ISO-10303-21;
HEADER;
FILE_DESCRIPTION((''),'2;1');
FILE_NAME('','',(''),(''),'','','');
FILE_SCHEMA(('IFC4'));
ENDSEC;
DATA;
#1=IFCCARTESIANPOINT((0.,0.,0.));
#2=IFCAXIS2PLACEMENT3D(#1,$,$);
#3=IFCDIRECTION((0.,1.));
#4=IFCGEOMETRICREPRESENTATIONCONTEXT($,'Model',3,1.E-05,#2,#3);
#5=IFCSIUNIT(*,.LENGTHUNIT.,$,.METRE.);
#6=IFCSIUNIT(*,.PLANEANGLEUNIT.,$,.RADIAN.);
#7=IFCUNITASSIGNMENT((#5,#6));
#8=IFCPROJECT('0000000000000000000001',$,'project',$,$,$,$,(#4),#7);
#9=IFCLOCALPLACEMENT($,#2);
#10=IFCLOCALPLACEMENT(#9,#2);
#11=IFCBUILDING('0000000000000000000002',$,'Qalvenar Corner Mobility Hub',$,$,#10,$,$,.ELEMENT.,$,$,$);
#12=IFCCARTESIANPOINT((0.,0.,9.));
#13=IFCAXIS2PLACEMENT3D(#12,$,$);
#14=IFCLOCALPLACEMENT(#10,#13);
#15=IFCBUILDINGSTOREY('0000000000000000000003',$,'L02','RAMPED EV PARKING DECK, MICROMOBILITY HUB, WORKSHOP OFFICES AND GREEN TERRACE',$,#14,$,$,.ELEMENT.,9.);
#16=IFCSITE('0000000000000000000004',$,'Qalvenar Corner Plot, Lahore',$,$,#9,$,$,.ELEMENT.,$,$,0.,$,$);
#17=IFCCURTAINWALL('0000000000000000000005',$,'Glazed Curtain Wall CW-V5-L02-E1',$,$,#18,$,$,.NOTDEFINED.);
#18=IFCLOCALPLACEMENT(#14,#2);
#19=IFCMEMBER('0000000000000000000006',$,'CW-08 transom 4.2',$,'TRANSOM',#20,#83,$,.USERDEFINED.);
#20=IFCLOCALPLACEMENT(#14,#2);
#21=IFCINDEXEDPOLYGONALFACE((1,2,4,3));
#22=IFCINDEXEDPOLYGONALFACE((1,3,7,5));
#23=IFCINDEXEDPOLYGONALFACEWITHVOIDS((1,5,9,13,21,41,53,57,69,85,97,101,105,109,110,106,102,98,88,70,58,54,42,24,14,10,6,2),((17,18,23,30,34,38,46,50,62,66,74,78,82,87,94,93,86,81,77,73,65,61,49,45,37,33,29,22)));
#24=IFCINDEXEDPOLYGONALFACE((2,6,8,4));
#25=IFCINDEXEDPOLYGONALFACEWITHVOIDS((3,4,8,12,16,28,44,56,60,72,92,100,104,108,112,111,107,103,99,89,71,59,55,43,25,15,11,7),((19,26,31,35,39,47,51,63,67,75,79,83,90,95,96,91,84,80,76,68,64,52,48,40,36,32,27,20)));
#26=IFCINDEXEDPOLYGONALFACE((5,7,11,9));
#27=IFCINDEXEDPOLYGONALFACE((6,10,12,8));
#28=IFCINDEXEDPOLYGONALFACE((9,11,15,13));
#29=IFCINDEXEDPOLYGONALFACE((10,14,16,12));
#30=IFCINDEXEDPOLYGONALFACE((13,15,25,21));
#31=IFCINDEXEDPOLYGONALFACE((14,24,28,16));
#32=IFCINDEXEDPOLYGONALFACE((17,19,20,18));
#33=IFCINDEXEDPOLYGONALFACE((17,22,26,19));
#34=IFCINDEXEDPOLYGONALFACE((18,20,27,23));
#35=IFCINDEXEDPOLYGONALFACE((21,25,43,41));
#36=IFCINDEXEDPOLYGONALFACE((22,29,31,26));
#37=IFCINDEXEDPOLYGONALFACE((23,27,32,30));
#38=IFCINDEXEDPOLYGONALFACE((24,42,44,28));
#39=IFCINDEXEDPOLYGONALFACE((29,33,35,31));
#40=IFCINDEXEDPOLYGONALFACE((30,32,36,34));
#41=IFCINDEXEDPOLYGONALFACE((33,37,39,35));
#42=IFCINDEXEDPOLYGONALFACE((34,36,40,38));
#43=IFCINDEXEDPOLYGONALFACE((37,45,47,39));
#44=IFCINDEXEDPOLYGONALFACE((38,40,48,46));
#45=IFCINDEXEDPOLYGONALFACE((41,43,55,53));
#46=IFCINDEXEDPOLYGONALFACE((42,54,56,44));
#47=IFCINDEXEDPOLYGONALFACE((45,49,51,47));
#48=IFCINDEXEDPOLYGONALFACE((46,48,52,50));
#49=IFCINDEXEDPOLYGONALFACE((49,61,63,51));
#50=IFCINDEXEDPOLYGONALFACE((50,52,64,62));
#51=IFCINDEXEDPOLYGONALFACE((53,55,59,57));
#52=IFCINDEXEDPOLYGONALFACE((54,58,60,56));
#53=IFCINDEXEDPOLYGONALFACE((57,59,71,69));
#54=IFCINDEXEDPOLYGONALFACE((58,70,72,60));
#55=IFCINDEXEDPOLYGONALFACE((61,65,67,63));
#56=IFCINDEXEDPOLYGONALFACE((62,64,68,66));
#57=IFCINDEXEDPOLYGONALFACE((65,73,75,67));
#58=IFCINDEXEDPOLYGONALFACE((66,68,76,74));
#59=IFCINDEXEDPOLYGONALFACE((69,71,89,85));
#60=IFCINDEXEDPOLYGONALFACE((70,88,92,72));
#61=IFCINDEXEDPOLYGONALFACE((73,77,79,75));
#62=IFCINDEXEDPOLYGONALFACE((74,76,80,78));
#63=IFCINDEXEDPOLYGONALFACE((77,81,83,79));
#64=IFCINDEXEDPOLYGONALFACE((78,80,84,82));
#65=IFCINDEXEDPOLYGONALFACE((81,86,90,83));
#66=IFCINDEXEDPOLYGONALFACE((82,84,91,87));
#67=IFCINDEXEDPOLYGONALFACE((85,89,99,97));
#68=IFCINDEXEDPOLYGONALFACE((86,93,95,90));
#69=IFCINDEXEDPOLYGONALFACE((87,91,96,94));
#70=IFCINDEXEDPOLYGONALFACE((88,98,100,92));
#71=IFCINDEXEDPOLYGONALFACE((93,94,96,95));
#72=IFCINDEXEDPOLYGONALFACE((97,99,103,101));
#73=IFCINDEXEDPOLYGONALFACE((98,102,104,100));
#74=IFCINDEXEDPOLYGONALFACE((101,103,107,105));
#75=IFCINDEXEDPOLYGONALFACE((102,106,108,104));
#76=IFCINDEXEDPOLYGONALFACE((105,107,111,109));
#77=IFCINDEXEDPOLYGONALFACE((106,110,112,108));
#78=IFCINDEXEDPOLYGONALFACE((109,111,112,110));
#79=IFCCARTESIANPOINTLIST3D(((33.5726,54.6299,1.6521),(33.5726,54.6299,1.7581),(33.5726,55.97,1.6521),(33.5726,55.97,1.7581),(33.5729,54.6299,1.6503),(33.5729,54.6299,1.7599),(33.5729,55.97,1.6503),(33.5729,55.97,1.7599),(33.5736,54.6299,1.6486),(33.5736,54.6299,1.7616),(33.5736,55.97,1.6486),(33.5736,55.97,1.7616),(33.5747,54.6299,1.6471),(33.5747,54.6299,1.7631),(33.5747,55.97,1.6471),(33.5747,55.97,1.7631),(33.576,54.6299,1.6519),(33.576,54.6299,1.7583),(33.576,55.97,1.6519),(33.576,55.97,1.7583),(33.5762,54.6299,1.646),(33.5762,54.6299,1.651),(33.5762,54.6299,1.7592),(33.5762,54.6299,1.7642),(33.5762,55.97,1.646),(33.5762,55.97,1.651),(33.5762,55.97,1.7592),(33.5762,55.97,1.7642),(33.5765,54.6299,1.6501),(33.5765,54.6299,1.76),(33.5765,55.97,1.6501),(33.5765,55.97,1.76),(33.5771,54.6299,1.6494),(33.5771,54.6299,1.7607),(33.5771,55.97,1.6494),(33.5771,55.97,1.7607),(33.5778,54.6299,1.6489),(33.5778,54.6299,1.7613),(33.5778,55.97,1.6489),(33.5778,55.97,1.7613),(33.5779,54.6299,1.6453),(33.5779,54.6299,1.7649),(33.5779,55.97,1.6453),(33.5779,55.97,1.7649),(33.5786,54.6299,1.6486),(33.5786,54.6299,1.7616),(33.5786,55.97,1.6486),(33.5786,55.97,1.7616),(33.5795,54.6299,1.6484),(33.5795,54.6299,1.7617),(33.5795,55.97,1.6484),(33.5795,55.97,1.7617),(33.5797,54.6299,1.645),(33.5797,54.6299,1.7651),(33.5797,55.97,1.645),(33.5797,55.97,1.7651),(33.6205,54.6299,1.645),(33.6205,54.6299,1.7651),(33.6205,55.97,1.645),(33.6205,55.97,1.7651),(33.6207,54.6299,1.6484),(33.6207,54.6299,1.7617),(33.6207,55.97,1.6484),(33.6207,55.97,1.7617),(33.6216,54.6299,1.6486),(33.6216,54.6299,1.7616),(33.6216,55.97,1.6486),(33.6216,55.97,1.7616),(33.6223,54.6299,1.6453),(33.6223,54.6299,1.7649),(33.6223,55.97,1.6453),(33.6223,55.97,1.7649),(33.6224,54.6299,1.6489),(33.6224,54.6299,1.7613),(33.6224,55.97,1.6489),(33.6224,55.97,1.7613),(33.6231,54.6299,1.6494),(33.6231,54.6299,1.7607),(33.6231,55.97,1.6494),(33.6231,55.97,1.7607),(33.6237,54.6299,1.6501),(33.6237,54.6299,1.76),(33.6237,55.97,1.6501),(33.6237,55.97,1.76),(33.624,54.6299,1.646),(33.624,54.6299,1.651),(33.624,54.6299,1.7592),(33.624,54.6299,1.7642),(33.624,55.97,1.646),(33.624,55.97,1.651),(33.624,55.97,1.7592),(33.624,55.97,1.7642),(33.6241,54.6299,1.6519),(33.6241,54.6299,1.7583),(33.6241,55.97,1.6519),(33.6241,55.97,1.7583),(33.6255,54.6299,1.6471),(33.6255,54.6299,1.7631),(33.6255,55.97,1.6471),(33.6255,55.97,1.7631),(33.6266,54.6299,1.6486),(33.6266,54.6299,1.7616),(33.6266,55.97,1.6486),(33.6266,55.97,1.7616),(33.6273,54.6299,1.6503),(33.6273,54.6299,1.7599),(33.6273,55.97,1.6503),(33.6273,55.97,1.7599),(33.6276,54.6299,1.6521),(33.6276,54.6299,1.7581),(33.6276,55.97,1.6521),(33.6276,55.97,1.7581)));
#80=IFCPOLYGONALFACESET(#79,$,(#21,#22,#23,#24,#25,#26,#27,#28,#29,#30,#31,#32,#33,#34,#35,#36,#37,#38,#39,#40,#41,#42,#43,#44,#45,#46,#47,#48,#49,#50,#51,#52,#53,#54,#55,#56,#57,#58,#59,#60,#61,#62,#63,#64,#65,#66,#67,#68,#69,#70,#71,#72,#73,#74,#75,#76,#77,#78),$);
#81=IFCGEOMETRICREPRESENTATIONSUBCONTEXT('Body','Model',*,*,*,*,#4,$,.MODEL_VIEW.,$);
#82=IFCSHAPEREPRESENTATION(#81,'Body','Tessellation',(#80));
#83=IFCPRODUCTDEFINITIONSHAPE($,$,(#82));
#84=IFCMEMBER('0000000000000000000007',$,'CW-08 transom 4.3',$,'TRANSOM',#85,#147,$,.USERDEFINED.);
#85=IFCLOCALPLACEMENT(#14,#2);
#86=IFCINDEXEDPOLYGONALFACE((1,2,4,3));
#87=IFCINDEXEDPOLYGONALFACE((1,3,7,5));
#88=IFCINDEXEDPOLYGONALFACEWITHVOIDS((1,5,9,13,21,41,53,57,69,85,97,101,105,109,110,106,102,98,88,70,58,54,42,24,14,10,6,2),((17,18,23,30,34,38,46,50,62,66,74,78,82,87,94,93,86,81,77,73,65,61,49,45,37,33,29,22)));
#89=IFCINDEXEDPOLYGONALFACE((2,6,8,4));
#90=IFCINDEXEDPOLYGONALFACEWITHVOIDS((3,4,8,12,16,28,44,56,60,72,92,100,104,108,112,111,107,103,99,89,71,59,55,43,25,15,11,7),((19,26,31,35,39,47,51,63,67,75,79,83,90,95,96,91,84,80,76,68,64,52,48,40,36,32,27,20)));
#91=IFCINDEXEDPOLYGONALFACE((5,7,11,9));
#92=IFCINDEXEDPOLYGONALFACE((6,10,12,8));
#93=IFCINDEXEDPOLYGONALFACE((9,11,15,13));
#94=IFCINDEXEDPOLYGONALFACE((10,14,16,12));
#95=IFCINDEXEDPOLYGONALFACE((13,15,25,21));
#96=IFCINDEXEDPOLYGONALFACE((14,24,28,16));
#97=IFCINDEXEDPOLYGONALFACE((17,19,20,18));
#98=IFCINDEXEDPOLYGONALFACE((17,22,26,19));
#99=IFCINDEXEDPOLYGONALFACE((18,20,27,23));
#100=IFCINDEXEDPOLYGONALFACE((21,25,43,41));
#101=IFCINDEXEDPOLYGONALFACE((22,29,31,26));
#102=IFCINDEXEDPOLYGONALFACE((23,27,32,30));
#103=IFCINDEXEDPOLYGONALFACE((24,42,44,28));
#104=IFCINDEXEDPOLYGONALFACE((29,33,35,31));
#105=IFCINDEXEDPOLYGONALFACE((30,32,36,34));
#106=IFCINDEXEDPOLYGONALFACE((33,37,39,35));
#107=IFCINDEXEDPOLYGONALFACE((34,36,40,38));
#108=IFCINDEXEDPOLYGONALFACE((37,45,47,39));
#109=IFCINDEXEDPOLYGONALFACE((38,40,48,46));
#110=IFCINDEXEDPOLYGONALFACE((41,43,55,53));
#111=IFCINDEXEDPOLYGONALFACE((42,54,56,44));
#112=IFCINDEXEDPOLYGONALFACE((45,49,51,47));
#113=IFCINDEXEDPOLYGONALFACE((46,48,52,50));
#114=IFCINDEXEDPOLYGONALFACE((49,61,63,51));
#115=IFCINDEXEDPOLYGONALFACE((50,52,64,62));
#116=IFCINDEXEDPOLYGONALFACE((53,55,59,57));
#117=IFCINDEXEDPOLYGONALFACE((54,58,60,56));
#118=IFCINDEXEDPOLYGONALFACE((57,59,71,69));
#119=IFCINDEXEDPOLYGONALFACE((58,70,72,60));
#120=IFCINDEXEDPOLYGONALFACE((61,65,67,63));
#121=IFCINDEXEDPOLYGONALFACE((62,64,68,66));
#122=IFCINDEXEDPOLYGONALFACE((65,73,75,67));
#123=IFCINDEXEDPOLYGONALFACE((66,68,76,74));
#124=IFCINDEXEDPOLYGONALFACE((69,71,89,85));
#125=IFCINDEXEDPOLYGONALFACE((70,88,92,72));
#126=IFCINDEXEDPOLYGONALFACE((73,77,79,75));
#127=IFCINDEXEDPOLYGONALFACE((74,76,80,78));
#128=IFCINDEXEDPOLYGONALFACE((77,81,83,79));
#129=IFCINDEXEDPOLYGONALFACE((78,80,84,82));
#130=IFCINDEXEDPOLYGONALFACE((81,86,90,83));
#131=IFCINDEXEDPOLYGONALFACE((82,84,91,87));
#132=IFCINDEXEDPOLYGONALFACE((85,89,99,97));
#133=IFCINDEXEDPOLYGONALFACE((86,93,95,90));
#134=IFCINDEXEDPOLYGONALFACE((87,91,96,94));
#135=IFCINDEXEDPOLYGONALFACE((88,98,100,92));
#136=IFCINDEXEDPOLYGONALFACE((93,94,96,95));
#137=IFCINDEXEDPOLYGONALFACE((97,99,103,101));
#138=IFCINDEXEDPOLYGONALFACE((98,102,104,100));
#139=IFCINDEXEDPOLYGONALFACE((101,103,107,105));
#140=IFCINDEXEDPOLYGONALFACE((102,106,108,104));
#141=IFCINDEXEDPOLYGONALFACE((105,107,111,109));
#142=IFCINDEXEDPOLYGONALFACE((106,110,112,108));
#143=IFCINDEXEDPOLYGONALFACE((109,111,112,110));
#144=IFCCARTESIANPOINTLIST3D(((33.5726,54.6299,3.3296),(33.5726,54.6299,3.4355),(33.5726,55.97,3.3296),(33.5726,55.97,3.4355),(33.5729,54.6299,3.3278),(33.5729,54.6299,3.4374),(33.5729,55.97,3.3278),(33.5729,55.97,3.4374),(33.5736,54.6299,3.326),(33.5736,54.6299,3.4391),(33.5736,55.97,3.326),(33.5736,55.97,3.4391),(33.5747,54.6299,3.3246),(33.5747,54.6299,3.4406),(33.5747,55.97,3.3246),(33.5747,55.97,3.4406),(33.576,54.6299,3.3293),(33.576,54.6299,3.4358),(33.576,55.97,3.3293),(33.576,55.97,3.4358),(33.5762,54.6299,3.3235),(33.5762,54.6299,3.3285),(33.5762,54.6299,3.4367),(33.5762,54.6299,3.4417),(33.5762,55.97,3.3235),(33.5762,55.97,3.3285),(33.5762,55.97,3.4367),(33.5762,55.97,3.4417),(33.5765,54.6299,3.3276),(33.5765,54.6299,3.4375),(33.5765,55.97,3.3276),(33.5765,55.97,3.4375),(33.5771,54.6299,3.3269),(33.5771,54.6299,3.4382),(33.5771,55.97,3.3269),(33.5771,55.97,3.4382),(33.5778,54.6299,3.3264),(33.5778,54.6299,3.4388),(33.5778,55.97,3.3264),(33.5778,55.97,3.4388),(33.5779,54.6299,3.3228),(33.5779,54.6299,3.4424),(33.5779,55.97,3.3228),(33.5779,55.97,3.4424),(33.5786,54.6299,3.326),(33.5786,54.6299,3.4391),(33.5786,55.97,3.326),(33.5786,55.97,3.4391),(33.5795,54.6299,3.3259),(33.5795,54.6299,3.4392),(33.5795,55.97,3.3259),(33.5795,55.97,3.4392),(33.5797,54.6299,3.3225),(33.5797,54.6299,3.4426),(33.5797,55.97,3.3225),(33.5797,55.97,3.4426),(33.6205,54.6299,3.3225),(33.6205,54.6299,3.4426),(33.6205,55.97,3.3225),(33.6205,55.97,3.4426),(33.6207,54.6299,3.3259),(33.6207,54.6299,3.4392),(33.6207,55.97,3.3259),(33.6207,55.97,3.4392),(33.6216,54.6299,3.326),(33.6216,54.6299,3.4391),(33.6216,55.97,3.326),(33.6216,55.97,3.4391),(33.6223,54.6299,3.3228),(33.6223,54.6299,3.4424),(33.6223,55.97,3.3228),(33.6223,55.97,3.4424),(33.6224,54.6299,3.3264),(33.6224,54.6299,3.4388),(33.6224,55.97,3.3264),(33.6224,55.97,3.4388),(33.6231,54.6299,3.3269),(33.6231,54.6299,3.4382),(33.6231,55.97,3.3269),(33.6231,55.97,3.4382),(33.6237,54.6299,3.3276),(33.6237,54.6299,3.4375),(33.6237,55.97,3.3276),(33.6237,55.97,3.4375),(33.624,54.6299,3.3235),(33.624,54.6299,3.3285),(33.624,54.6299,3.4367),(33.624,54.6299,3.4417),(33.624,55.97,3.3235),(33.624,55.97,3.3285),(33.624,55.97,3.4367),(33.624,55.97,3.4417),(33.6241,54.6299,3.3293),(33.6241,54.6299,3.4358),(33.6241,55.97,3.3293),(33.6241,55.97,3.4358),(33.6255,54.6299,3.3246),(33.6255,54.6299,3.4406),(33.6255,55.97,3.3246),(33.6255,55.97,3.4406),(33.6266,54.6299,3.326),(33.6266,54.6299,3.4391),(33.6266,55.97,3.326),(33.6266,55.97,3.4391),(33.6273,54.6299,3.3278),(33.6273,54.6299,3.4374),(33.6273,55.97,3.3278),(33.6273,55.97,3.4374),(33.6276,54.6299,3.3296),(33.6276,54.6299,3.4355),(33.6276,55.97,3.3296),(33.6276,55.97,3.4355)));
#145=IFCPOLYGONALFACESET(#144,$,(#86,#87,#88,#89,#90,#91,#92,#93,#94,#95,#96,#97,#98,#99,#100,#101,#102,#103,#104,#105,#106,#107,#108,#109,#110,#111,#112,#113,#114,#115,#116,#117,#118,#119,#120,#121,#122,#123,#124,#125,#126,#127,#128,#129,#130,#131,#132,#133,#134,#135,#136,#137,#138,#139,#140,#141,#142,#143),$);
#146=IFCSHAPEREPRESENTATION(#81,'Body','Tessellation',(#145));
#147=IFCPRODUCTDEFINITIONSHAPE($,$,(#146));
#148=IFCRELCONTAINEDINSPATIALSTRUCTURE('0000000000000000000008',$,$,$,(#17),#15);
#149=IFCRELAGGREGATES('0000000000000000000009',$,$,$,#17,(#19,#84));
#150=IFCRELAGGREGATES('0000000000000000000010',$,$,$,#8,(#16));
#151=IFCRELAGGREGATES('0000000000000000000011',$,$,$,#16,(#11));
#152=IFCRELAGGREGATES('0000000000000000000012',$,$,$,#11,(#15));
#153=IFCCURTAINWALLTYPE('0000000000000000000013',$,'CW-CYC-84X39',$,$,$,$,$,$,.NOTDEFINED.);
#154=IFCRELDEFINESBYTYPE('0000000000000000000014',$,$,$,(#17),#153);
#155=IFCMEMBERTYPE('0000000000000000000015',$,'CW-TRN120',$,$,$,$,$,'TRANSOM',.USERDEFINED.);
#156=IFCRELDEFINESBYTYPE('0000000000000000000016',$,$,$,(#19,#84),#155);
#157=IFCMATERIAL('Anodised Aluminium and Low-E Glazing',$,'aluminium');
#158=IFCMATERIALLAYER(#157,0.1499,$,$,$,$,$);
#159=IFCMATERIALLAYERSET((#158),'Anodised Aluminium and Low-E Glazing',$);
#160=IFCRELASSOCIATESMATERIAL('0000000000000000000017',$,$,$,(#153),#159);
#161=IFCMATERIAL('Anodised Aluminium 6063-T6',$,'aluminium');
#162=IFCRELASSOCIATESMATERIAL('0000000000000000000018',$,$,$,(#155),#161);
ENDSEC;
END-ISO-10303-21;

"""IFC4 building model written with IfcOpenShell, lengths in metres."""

from ifc_helpers import new_model, si_unit, direction, frame, origin, origin_2d, place, context, subcontext, project, spatial, hollow_rectangle, extrude, material, layer, layer_set, material_profile, profile_set, type_object, element, aggregate, save


model = new_model("IFC4")

# Units and contexts
model_context = context("Model", 3, precision=1e-05, world=origin(), true_north=direction((0.0, 1.0)))
body_context = subcontext(model_context, "Body", "Model", "MODEL_VIEW")
ifc_project = project(units=[si_unit("LENGTHUNIT", "METRE"), si_unit("PLANEANGLEUNIT", "RADIAN")], contexts=[model_context])

# Site, building, storey
site_placement = place(None, origin())
site = spatial("IfcSite", under=ifc_project, at=site_placement, Name="Qalvenar Corner Plot, Lahore", CompositionType="ELEMENT", RefElevation=0.0)
building_placement = place(site_placement, origin())
building = spatial("IfcBuilding", under=site, at=building_placement, Name="Qalvenar Corner Mobility Hub", CompositionType="ELEMENT")
storey_placement = place(building_placement, frame((0.0, 0.0, 9.0)))
storey = spatial("IfcBuildingStorey", under=building, at=storey_placement, Name="L02", Description="RAMPED EV PARKING DECK, MICROMOBILITY HUB, WORKSHOP OFFICES AND GREEN TERRACE", CompositionType="ELEMENT", Elevation=9.0)

# Curtain wall
ifc_material_1 = material(Name="Anodised Aluminium and Low-E Glazing", Category="aluminium")
ifc_layer_1 = layer(ifc_material_1, 0.1499)
ifc_layer_set_1 = layer_set([ifc_layer_1], Name="Anodised Aluminium and Low-E Glazing")
curtain_wall_type_1 = type_object("IfcCurtainWallType", Name="CW-CYC-84X39", PredefinedType="NOTDEFINED", material=ifc_layer_set_1)
curtain_wall_1_placement = place(storey_placement, origin())
curtain_wall_1 = element("IfcCurtainWall", 1, at=curtain_wall_1_placement, inside=storey, type_object=curtain_wall_type_1, Name="Glazed Curtain Wall CW-V5-L02-E1", PredefinedType="NOTDEFINED")
ifc_material_2 = material(Name="Anodised Aluminium 6063-T6", Category="aluminium")

# Members
ifc_material_profile_1 = material_profile(ifc_material_2, hollow_rectangle(XDim=0.0549, YDim=0.1201, WallThickness=0.0034, InnerFilletRadius=0.0034, OuterFilletRadius=0.0071, at=origin_2d()), Name="RHS120x55x3.5")
ifc_profile_set_1 = profile_set([ifc_material_profile_1], Name="Anodised Aluminium 6063-T6")
member_type_1 = type_object("IfcMemberType", Name="CW-TRN120", ElementType="TRANSOM", PredefinedType="USERDEFINED", material=ifc_profile_set_1)
member_1_placement = place(storey_placement, frame((33.6001, 54.6299, 1.7051), z_axis=(0.0, 1.0, 0.0), x_axis=(-1.0, 0.0, 0.0)))
member_1 = element("IfcMember", 2, at=member_1_placement, type_object=member_type_1, Name="CW-08 transom 4.2", ObjectType="TRANSOM", PredefinedType="USERDEFINED", context=body_context, shape_type="SweptSolid", body=[
    extrude(hollow_rectangle(XDim=0.0549, YDim=0.1201, WallThickness=0.0034, InnerFilletRadius=0.0034, OuterFilletRadius=0.0071, at=origin_2d()), origin(), (0.0, 0.0, 1.0), 1.3401),
])
member_2_placement = place(storey_placement, frame((33.6001, 54.6299, 3.3826), z_axis=(0.0, 1.0, 0.0), x_axis=(-1.0, 0.0, 0.0)))
member_2 = element("IfcMember", 3, at=member_2_placement, type_object=member_type_1, Name="CW-08 transom 4.3", ObjectType="TRANSOM", PredefinedType="USERDEFINED", context=body_context, shape_type="SweptSolid", body=[
    extrude(hollow_rectangle(XDim=0.0549, YDim=0.1201, WallThickness=0.0034, InnerFilletRadius=0.0034, OuterFilletRadius=0.0071, at=origin_2d()), origin(), (0.0, 0.0, 1.0), 1.3401),
])

aggregate(curtain_wall_1, [member_1, member_2])

save(model, "model.ifc")
